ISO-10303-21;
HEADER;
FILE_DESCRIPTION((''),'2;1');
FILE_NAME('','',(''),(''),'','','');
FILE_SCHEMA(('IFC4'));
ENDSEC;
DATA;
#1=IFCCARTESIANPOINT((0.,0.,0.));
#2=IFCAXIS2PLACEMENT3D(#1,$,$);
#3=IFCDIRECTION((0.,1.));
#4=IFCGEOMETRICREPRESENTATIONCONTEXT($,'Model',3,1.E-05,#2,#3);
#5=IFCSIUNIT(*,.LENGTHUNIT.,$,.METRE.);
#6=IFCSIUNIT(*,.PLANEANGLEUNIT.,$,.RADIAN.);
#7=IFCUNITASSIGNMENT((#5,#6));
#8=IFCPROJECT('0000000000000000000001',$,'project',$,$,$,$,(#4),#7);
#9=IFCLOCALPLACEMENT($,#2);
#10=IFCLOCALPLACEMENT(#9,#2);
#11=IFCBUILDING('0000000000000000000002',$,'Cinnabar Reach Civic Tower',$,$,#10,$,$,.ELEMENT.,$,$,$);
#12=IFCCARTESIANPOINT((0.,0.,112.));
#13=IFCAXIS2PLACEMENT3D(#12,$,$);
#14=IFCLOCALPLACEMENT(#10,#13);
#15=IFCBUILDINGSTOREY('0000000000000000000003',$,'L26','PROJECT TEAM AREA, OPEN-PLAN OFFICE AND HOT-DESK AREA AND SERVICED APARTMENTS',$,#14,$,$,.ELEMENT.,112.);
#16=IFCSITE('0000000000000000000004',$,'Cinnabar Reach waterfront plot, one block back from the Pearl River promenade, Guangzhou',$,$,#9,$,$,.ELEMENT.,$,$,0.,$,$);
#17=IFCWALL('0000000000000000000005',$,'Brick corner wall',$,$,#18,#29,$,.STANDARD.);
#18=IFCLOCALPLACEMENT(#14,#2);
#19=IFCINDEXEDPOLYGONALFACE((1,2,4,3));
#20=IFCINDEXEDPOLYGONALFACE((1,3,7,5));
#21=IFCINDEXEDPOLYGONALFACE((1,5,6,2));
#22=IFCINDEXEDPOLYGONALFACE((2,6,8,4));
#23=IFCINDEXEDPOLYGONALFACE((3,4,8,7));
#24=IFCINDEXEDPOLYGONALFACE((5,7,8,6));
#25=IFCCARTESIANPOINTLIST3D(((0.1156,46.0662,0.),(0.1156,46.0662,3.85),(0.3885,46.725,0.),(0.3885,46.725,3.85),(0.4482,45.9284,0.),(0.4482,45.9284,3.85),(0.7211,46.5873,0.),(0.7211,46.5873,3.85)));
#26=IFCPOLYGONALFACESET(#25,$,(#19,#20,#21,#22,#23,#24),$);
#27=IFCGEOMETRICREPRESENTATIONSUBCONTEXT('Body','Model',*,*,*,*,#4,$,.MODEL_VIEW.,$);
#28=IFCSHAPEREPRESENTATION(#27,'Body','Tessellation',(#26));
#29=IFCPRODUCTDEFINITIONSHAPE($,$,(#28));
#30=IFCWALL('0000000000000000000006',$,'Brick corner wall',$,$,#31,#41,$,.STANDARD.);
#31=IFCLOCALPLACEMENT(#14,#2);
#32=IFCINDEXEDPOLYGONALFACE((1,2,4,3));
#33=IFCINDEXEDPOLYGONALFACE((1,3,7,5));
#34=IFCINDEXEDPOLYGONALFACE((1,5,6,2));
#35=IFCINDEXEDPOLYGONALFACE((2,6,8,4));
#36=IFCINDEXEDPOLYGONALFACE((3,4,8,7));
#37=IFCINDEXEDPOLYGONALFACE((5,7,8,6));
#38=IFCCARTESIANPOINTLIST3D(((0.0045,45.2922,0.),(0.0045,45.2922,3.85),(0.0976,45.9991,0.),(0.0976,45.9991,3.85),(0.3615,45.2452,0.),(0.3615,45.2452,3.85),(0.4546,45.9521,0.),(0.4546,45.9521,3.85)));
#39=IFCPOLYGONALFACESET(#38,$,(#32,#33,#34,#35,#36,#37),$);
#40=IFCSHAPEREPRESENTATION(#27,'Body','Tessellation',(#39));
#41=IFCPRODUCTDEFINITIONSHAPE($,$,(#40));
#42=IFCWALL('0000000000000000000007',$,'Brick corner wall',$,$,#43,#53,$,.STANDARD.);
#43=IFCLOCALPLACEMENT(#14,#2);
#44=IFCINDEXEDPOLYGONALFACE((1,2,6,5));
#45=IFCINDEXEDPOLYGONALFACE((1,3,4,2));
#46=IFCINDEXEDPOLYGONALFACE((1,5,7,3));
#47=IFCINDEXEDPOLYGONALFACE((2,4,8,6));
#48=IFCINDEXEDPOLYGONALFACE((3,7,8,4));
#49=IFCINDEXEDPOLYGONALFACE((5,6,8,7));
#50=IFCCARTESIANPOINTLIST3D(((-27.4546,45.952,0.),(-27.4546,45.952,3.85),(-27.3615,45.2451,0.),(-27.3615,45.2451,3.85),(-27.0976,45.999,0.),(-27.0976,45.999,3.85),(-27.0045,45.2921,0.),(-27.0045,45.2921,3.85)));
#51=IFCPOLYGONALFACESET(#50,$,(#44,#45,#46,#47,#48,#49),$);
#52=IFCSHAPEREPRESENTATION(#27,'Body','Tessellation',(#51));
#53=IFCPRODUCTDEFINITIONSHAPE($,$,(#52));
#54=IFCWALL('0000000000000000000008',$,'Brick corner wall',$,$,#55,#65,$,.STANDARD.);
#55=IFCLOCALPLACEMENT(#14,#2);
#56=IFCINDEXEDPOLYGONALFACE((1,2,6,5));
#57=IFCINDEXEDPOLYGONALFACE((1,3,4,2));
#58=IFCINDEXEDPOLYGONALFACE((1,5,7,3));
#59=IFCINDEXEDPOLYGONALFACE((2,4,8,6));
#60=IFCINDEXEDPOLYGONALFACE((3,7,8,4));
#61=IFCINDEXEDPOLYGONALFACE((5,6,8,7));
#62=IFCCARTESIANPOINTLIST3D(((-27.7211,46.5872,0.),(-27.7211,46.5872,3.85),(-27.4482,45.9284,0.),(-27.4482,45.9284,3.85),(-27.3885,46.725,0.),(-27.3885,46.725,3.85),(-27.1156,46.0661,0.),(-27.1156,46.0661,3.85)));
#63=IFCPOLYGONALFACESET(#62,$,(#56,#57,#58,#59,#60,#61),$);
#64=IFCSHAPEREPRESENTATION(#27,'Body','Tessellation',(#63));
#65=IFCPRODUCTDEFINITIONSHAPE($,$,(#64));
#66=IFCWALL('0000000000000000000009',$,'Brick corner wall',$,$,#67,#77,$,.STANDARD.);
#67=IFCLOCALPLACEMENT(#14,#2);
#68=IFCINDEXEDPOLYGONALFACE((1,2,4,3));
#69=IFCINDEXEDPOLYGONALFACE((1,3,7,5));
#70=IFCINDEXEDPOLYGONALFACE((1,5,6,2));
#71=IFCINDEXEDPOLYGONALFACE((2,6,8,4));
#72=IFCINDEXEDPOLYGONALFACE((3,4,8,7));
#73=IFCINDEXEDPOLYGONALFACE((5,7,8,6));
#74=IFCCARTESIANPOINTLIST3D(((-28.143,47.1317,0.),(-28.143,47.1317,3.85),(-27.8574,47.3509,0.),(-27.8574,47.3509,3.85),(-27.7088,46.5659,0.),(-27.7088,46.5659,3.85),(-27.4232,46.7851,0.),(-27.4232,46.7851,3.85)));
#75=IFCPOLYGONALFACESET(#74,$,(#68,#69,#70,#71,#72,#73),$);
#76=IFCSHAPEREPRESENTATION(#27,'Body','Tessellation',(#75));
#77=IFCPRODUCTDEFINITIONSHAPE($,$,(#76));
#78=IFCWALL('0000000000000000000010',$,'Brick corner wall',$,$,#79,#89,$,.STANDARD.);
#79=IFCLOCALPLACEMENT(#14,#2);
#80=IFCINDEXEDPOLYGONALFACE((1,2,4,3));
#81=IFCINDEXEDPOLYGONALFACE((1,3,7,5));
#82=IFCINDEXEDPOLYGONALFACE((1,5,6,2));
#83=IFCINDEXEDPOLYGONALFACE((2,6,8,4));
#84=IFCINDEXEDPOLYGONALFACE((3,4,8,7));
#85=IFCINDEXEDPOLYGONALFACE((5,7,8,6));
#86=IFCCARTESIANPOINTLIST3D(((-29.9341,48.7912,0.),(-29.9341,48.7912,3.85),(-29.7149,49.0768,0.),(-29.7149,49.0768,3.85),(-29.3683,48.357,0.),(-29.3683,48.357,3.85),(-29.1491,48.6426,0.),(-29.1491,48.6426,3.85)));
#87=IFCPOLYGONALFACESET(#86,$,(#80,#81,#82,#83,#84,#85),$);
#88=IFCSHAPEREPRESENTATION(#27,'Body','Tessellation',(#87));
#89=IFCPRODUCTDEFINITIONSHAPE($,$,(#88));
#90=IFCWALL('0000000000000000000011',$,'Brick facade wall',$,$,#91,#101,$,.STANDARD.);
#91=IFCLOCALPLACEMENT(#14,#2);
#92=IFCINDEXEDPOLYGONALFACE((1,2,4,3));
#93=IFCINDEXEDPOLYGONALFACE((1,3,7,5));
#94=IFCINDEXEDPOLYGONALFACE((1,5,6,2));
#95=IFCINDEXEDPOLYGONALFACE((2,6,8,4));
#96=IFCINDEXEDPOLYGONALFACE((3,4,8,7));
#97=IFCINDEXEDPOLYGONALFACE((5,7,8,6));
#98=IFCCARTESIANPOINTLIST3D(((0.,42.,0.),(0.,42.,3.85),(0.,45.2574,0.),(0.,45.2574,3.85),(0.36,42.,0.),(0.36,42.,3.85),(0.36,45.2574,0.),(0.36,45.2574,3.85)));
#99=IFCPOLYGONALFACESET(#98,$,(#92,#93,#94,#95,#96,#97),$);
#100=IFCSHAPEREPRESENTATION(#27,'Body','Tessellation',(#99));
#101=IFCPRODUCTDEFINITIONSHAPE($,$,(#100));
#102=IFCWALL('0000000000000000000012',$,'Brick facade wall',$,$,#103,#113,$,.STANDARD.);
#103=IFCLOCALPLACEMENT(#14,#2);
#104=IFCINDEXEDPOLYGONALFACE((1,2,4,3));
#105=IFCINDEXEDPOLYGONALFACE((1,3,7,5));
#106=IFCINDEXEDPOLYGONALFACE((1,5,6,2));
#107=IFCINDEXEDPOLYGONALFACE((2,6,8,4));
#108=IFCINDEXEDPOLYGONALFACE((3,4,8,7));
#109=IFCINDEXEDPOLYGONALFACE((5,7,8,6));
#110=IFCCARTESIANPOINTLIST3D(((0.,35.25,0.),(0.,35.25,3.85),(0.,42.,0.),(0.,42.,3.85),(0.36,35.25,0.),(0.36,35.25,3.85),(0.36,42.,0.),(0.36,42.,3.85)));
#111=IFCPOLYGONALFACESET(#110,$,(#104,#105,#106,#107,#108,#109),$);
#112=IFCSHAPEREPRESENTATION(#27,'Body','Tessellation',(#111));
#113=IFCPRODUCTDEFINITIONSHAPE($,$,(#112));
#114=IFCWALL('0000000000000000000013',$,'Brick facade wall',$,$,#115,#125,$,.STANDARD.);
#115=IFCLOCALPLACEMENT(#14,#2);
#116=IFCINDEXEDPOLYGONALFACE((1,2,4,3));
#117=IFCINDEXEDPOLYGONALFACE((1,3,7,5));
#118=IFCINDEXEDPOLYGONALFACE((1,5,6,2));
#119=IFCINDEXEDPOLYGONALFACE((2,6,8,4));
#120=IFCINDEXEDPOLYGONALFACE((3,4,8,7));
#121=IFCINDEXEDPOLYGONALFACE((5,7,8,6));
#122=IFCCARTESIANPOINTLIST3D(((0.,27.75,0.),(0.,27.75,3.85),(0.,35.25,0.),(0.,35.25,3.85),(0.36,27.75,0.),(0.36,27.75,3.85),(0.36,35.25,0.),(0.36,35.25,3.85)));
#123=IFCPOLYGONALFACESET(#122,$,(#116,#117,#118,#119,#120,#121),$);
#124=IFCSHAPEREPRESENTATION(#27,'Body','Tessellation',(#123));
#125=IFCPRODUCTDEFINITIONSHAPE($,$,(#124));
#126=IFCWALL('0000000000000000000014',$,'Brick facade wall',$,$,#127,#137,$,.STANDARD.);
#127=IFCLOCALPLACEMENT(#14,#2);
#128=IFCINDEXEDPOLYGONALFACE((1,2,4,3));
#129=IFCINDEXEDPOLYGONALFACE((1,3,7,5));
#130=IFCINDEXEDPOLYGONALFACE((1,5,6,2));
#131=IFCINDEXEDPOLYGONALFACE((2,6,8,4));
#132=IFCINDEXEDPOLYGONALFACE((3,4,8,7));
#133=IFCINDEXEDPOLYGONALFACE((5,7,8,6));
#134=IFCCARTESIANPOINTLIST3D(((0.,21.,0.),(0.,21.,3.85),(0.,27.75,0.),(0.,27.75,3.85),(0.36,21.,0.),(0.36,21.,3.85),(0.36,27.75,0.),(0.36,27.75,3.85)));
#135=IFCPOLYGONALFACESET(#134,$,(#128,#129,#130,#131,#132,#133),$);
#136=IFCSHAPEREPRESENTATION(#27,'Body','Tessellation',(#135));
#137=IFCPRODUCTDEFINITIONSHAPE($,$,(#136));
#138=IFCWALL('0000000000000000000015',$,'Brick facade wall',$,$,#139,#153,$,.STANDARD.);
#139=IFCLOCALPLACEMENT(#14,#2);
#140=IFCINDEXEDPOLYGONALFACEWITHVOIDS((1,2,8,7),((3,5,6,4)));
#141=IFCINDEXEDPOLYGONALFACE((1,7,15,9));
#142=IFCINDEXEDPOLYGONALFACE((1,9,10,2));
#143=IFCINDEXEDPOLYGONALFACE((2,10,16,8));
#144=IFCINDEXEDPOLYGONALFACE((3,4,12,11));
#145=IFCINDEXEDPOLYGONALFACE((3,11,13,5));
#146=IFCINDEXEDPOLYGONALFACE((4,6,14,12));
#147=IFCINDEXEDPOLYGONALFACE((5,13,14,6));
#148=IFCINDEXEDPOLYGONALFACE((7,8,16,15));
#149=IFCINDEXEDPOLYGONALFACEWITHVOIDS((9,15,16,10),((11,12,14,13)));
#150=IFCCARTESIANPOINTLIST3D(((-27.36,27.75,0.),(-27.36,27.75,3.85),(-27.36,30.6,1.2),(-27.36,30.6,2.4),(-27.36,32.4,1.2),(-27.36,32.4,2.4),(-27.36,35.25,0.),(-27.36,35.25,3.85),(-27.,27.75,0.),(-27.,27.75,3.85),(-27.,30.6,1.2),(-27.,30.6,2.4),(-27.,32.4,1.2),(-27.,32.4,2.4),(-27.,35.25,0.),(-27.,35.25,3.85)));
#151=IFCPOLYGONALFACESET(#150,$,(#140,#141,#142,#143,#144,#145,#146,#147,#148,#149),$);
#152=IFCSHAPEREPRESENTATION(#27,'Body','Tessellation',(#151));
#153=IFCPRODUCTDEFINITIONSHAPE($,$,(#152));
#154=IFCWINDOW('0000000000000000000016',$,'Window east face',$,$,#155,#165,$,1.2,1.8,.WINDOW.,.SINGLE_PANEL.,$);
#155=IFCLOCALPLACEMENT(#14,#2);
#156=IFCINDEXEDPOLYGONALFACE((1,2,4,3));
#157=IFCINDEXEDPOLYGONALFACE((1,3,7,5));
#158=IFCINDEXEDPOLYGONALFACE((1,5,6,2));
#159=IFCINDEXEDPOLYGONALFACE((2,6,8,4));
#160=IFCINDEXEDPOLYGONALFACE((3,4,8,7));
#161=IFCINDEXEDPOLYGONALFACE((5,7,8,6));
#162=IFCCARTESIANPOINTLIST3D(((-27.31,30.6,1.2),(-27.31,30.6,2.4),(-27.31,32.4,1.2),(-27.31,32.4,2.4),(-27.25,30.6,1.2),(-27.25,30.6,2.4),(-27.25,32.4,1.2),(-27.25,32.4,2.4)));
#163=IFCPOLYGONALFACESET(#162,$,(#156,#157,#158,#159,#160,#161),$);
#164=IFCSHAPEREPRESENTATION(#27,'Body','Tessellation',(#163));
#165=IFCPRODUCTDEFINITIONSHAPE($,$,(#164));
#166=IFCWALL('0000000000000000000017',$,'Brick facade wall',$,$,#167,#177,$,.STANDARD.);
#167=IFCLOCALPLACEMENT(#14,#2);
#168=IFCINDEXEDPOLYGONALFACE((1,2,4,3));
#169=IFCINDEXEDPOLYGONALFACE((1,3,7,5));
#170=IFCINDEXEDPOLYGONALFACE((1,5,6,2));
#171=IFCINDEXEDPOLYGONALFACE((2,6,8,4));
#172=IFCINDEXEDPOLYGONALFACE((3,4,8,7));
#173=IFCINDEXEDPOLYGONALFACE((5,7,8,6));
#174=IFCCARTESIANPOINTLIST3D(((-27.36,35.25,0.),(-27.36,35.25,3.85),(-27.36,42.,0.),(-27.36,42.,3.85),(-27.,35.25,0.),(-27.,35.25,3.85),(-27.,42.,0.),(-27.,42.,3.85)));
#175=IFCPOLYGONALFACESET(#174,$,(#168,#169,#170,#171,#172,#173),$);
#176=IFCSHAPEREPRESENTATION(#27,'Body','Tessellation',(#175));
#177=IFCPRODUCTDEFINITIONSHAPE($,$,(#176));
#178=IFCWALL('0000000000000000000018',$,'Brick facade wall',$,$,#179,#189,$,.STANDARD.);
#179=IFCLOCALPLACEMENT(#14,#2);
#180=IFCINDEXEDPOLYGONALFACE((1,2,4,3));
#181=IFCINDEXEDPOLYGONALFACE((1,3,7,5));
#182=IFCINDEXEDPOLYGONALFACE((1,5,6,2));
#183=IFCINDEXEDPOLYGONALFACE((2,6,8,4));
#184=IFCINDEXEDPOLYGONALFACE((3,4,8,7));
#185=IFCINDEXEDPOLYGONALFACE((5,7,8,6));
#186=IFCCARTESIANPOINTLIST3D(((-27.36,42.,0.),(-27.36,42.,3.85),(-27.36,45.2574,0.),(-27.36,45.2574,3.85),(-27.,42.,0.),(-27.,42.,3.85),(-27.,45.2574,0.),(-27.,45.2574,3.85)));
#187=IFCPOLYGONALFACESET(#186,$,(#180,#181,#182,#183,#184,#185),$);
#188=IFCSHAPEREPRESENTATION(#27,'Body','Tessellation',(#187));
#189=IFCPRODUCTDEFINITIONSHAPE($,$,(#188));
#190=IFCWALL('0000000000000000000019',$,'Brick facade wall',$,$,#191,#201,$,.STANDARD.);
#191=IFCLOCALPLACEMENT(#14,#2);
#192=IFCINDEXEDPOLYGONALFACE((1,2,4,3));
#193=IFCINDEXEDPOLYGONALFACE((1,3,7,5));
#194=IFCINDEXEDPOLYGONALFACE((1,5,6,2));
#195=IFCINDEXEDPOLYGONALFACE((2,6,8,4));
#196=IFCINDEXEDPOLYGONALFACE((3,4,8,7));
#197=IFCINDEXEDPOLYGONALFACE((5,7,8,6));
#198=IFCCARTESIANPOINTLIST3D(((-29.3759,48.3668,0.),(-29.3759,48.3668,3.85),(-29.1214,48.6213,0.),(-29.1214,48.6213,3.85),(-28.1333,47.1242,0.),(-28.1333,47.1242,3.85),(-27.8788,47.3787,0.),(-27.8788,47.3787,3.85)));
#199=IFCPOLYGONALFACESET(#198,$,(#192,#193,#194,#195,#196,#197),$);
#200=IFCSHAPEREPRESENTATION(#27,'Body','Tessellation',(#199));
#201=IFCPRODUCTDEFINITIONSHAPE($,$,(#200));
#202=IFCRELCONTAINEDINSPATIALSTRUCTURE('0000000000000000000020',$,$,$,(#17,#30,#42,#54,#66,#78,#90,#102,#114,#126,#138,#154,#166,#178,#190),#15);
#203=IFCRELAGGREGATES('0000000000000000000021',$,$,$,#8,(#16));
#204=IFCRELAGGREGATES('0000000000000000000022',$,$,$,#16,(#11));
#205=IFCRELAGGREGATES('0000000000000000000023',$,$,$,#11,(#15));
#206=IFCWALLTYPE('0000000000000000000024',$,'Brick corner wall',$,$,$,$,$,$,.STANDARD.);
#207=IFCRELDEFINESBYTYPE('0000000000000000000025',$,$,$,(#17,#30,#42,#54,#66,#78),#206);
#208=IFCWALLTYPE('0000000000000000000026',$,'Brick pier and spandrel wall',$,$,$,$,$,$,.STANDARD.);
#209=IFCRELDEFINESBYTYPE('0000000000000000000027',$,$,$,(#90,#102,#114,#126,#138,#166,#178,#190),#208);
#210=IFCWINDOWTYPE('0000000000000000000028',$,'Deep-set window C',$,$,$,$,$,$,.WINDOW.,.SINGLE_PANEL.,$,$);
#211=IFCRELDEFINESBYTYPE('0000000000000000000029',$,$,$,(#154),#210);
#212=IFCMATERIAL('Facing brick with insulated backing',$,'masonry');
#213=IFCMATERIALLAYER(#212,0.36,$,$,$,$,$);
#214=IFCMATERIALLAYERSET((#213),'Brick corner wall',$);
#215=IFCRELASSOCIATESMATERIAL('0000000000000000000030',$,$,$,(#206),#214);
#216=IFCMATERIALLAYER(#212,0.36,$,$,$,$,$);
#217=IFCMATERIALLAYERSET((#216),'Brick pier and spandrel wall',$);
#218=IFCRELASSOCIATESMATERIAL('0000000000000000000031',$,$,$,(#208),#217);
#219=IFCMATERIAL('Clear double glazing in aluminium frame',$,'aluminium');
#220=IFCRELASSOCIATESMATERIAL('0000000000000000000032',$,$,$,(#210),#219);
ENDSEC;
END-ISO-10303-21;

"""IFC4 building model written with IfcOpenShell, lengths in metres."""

from ifc_helpers import new_model, si_unit, direction, frame, frame_2d, origin, place, context, subcontext, project, spatial, rectangle, extrude, material, layer, layer_set, type_object, element, fill, save


model = new_model("IFC4")

# Units and contexts
model_context = context("Model", 3, precision=1e-05, world=origin(), true_north=direction((0.0, 1.0)))
body_context = subcontext(model_context, "Body", "Model", "MODEL_VIEW")
ifc_project = project(units=[si_unit("LENGTHUNIT", "METRE"), si_unit("PLANEANGLEUNIT", "RADIAN")], contexts=[model_context])

# Site, building, storey
site_placement = place(None, origin())
site = spatial("IfcSite", under=ifc_project, at=site_placement, Name="Cinnabar Reach waterfront plot, one block back from the Pearl River promenade, Guangzhou", CompositionType="ELEMENT", RefElevation=0.0)
building_placement = place(site_placement, origin())
building = spatial("IfcBuilding", under=site, at=building_placement, Name="Cinnabar Reach Civic Tower", CompositionType="ELEMENT")
storey_placement = place(building_placement, frame((0.0, 0.0, 112.0)))
storey = spatial("IfcBuildingStorey", under=building, at=storey_placement, Name="L26", Description="PROJECT TEAM AREA, OPEN-PLAN OFFICE AND HOT-DESK AREA AND SERVICED APARTMENTS", CompositionType="ELEMENT", Elevation=112.0)

# Walls
ifc_material_1 = material(Name="Facing brick with insulated backing", Category="masonry")
ifc_layer_1 = layer(ifc_material_1, 0.36)
ifc_layer_set_1 = layer_set([ifc_layer_1], Name="Brick corner wall")
wall_type_1 = type_object("IfcWallType", Name="Brick corner wall", PredefinedType="STANDARD", material=ifc_layer_set_1)
for number, where, z_axis, x_axis, name in (
    (1, (0.5548, 46.6561, 0.0), (0.0, 0.0, 1.0), (-0.382703, -0.923872, 0.0), "Brick corner wall"),
    (2, (0.2761, 45.9756, 0.0), (0.0, 0.0, 1.0), (-0.130556, -0.991441, 0.0), "Brick corner wall"),
    (3, (-27.183, 45.2686, 0.0), (0.0, 0.0, 1.0), (-0.130556, 0.991441, 0.0), "Brick corner wall"),
    (4, (-27.2819, 45.9973, 0.0), (0.0, 0.0, 1.0), (-0.382703, 0.923872, 0.0), "Brick corner wall"),
):
    element("IfcWall", number, at=place(storey_placement, frame(where, z_axis=z_axis, x_axis=x_axis)), inside=storey, type_object=wall_type_1, Name=name, PredefinedType="STANDARD", context=body_context, shape_type="SweptSolid", body=[
        extrude(rectangle(XDim=0.7131, YDim=0.36, at=frame_2d((0.3565, 0.0))), origin(), (0.0, 0.0, 1.0), 3.85),
    ])
for number, where, z_axis, x_axis, name in (
    (5, (-27.566, 46.6755, 0.0), (0.0, 0.0, 1.0), (-0.608802, 0.793322, 0.0), "Brick corner wall"),
    (6, (-29.2587, 48.4998, 0.0), (0.0, 0.0, 1.0), (-0.793322, 0.608802, 0.0), "Brick corner wall"),
):
    element("IfcWall", number, at=place(storey_placement, frame(where, z_axis=z_axis, x_axis=x_axis)), inside=storey, type_object=wall_type_1, Name=name, PredefinedType="STANDARD", context=body_context, shape_type="SweptSolid", body=[
        extrude(rectangle(XDim=0.7132, YDim=0.36, at=frame_2d((0.3566, 0.0))), origin(), (0.0, 0.0, 1.0), 3.85),
    ])
ifc_layer_2 = layer(ifc_material_1, 0.36)
ifc_layer_set_2 = layer_set([ifc_layer_2], Name="Brick pier and spandrel wall")
wall_type_2 = type_object("IfcWallType", Name="Brick pier and spandrel wall", PredefinedType="STANDARD", material=ifc_layer_set_2)
wall_1_placement = place(storey_placement, frame((0.18, 45.2574, 0.0), z_axis=(0.0, 0.0, 1.0), x_axis=(0.0, -1.0, 0.0)))
element("IfcWall", 7, at=wall_1_placement, inside=storey, type_object=wall_type_2, Name="Brick facade wall", PredefinedType="STANDARD", context=body_context, shape_type="SweptSolid", body=[
    extrude(rectangle(XDim=3.2574, YDim=0.36, at=frame_2d((1.6287, 0.0))), origin(), (0.0, 0.0, 1.0), 3.85),
])
wall_2_placement = place(storey_placement, frame((0.18, 42.0, 0.0), z_axis=(0.0, 0.0, 1.0), x_axis=(0.0, -1.0, 0.0)))
element("IfcWall", 8, at=wall_2_placement, inside=storey, type_object=wall_type_2, Name="Brick facade wall", PredefinedType="STANDARD", context=body_context, shape_type="SweptSolid", body=[
    extrude(rectangle(XDim=6.75, YDim=0.36, at=frame_2d((3.375, 0.0))), origin(), (0.0, 0.0, 1.0), 3.85),
])
wall_3_placement = place(storey_placement, frame((0.18, 35.25, 0.0), z_axis=(0.0, 0.0, 1.0), x_axis=(0.0, -1.0, 0.0)))
element("IfcWall", 9, at=wall_3_placement, inside=storey, type_object=wall_type_2, Name="Brick facade wall", PredefinedType="STANDARD", context=body_context, shape_type="SweptSolid", body=[
    extrude(rectangle(XDim=7.5, YDim=0.36, at=frame_2d((3.75, 0.0))), origin(), (0.0, 0.0, 1.0), 3.85),
])
wall_4_placement = place(storey_placement, frame((0.18, 27.75, 0.0), z_axis=(0.0, 0.0, 1.0), x_axis=(0.0, -1.0, 0.0)))
element("IfcWall", 10, at=wall_4_placement, inside=storey, type_object=wall_type_2, Name="Brick facade wall", PredefinedType="STANDARD", context=body_context, shape_type="SweptSolid", body=[
    extrude(rectangle(XDim=6.75, YDim=0.36, at=frame_2d((3.375, 0.0))), origin(), (0.0, 0.0, 1.0), 3.85),
])

# Wall, opening, window
wall_5_placement = place(storey_placement, frame((-27.18, 27.75, 0.0), z_axis=(0.0, 0.0, 1.0), x_axis=(0.0, 1.0, 0.0)))
wall_5 = element("IfcWall", 11, at=wall_5_placement, inside=storey, type_object=wall_type_2, Name="Brick facade wall", PredefinedType="STANDARD", context=body_context, shape_type="SweptSolid", body=[
    extrude(rectangle(XDim=7.5, YDim=0.36, at=frame_2d((3.75, 0.0))), origin(), (0.0, 0.0, 1.0), 3.85),
])
opening_1_placement = place(wall_5_placement, frame((2.85, 0.0, 1.2)))
opening_1 = element("IfcOpeningElement", 12, at=opening_1_placement, cuts=wall_5, PredefinedType="OPENING", context=body_context, shape_type="SweptSolid", body=[
    extrude(rectangle(XDim=1.8, YDim=1.2, at=frame_2d((0.9, 0.6))), frame((0.0, 0.19, 0.0), z_axis=(0.0, -1.0, 0.0), x_axis=(1.0, 0.0, 0.0)), (0.0, 0.0, 1.0), 0.38),
])
ifc_material_2 = material(Name="Clear double glazing in aluminium frame", Category="aluminium")
window_type = type_object("IfcWindowType", Name="Deep-set window C", PartitioningType="SINGLE_PANEL", PredefinedType="WINDOW", material=ifc_material_2)
window_placement = place(opening_1_placement, origin())
window = element("IfcWindow", 13, at=window_placement, inside=storey, type_object=window_type, Name="Window east face", OverallHeight=1.2, OverallWidth=1.8, PartitioningType="SINGLE_PANEL", PredefinedType="WINDOW", context=body_context, shape_type="SweptSolid", body=[
    extrude(rectangle(XDim=1.8, YDim=1.2, at=frame_2d((0.9, 0.6))), frame((0.0, 0.13, 0.0), z_axis=(0.0, -1.0, 0.0), x_axis=(1.0, 0.0, 0.0)), (0.0, 0.0, 1.0), 0.06),
])
fill(opening_1, window)

# Walls
wall_6_placement = place(storey_placement, frame((-27.18, 35.25, 0.0), z_axis=(0.0, 0.0, 1.0), x_axis=(0.0, 1.0, 0.0)))
element("IfcWall", 14, at=wall_6_placement, inside=storey, type_object=wall_type_2, Name="Brick facade wall", PredefinedType="STANDARD", context=body_context, shape_type="SweptSolid", body=[
    extrude(rectangle(XDim=6.75, YDim=0.36, at=frame_2d((3.375, 0.0))), origin(), (0.0, 0.0, 1.0), 3.85),
])
wall_7_placement = place(storey_placement, frame((-27.18, 42.0, 0.0), z_axis=(0.0, 0.0, 1.0), x_axis=(0.0, 1.0, 0.0)))
element("IfcWall", 15, at=wall_7_placement, inside=storey, type_object=wall_type_2, Name="Brick facade wall", PredefinedType="STANDARD", context=body_context, shape_type="SweptSolid", body=[
    extrude(rectangle(XDim=3.2574, YDim=0.36, at=frame_2d((1.6287, 0.0))), origin(), (0.0, 0.0, 1.0), 3.85),
])
wall_8_placement = place(storey_placement, frame((-28.006, 47.2514, 0.0), z_axis=(0.0, 0.0, 1.0), x_axis=(-0.707107, 0.707107, 0.0)))
element("IfcWall", 16, at=wall_8_placement, inside=storey, type_object=wall_type_2, Name="Brick facade wall", PredefinedType="STANDARD", context=body_context, shape_type="SweptSolid", body=[
    extrude(rectangle(XDim=1.7573, YDim=0.36, at=frame_2d((0.8787, 0.0))), origin(), (0.0, 0.0, 1.0), 3.85),
])

save(model, "model.ifc")
